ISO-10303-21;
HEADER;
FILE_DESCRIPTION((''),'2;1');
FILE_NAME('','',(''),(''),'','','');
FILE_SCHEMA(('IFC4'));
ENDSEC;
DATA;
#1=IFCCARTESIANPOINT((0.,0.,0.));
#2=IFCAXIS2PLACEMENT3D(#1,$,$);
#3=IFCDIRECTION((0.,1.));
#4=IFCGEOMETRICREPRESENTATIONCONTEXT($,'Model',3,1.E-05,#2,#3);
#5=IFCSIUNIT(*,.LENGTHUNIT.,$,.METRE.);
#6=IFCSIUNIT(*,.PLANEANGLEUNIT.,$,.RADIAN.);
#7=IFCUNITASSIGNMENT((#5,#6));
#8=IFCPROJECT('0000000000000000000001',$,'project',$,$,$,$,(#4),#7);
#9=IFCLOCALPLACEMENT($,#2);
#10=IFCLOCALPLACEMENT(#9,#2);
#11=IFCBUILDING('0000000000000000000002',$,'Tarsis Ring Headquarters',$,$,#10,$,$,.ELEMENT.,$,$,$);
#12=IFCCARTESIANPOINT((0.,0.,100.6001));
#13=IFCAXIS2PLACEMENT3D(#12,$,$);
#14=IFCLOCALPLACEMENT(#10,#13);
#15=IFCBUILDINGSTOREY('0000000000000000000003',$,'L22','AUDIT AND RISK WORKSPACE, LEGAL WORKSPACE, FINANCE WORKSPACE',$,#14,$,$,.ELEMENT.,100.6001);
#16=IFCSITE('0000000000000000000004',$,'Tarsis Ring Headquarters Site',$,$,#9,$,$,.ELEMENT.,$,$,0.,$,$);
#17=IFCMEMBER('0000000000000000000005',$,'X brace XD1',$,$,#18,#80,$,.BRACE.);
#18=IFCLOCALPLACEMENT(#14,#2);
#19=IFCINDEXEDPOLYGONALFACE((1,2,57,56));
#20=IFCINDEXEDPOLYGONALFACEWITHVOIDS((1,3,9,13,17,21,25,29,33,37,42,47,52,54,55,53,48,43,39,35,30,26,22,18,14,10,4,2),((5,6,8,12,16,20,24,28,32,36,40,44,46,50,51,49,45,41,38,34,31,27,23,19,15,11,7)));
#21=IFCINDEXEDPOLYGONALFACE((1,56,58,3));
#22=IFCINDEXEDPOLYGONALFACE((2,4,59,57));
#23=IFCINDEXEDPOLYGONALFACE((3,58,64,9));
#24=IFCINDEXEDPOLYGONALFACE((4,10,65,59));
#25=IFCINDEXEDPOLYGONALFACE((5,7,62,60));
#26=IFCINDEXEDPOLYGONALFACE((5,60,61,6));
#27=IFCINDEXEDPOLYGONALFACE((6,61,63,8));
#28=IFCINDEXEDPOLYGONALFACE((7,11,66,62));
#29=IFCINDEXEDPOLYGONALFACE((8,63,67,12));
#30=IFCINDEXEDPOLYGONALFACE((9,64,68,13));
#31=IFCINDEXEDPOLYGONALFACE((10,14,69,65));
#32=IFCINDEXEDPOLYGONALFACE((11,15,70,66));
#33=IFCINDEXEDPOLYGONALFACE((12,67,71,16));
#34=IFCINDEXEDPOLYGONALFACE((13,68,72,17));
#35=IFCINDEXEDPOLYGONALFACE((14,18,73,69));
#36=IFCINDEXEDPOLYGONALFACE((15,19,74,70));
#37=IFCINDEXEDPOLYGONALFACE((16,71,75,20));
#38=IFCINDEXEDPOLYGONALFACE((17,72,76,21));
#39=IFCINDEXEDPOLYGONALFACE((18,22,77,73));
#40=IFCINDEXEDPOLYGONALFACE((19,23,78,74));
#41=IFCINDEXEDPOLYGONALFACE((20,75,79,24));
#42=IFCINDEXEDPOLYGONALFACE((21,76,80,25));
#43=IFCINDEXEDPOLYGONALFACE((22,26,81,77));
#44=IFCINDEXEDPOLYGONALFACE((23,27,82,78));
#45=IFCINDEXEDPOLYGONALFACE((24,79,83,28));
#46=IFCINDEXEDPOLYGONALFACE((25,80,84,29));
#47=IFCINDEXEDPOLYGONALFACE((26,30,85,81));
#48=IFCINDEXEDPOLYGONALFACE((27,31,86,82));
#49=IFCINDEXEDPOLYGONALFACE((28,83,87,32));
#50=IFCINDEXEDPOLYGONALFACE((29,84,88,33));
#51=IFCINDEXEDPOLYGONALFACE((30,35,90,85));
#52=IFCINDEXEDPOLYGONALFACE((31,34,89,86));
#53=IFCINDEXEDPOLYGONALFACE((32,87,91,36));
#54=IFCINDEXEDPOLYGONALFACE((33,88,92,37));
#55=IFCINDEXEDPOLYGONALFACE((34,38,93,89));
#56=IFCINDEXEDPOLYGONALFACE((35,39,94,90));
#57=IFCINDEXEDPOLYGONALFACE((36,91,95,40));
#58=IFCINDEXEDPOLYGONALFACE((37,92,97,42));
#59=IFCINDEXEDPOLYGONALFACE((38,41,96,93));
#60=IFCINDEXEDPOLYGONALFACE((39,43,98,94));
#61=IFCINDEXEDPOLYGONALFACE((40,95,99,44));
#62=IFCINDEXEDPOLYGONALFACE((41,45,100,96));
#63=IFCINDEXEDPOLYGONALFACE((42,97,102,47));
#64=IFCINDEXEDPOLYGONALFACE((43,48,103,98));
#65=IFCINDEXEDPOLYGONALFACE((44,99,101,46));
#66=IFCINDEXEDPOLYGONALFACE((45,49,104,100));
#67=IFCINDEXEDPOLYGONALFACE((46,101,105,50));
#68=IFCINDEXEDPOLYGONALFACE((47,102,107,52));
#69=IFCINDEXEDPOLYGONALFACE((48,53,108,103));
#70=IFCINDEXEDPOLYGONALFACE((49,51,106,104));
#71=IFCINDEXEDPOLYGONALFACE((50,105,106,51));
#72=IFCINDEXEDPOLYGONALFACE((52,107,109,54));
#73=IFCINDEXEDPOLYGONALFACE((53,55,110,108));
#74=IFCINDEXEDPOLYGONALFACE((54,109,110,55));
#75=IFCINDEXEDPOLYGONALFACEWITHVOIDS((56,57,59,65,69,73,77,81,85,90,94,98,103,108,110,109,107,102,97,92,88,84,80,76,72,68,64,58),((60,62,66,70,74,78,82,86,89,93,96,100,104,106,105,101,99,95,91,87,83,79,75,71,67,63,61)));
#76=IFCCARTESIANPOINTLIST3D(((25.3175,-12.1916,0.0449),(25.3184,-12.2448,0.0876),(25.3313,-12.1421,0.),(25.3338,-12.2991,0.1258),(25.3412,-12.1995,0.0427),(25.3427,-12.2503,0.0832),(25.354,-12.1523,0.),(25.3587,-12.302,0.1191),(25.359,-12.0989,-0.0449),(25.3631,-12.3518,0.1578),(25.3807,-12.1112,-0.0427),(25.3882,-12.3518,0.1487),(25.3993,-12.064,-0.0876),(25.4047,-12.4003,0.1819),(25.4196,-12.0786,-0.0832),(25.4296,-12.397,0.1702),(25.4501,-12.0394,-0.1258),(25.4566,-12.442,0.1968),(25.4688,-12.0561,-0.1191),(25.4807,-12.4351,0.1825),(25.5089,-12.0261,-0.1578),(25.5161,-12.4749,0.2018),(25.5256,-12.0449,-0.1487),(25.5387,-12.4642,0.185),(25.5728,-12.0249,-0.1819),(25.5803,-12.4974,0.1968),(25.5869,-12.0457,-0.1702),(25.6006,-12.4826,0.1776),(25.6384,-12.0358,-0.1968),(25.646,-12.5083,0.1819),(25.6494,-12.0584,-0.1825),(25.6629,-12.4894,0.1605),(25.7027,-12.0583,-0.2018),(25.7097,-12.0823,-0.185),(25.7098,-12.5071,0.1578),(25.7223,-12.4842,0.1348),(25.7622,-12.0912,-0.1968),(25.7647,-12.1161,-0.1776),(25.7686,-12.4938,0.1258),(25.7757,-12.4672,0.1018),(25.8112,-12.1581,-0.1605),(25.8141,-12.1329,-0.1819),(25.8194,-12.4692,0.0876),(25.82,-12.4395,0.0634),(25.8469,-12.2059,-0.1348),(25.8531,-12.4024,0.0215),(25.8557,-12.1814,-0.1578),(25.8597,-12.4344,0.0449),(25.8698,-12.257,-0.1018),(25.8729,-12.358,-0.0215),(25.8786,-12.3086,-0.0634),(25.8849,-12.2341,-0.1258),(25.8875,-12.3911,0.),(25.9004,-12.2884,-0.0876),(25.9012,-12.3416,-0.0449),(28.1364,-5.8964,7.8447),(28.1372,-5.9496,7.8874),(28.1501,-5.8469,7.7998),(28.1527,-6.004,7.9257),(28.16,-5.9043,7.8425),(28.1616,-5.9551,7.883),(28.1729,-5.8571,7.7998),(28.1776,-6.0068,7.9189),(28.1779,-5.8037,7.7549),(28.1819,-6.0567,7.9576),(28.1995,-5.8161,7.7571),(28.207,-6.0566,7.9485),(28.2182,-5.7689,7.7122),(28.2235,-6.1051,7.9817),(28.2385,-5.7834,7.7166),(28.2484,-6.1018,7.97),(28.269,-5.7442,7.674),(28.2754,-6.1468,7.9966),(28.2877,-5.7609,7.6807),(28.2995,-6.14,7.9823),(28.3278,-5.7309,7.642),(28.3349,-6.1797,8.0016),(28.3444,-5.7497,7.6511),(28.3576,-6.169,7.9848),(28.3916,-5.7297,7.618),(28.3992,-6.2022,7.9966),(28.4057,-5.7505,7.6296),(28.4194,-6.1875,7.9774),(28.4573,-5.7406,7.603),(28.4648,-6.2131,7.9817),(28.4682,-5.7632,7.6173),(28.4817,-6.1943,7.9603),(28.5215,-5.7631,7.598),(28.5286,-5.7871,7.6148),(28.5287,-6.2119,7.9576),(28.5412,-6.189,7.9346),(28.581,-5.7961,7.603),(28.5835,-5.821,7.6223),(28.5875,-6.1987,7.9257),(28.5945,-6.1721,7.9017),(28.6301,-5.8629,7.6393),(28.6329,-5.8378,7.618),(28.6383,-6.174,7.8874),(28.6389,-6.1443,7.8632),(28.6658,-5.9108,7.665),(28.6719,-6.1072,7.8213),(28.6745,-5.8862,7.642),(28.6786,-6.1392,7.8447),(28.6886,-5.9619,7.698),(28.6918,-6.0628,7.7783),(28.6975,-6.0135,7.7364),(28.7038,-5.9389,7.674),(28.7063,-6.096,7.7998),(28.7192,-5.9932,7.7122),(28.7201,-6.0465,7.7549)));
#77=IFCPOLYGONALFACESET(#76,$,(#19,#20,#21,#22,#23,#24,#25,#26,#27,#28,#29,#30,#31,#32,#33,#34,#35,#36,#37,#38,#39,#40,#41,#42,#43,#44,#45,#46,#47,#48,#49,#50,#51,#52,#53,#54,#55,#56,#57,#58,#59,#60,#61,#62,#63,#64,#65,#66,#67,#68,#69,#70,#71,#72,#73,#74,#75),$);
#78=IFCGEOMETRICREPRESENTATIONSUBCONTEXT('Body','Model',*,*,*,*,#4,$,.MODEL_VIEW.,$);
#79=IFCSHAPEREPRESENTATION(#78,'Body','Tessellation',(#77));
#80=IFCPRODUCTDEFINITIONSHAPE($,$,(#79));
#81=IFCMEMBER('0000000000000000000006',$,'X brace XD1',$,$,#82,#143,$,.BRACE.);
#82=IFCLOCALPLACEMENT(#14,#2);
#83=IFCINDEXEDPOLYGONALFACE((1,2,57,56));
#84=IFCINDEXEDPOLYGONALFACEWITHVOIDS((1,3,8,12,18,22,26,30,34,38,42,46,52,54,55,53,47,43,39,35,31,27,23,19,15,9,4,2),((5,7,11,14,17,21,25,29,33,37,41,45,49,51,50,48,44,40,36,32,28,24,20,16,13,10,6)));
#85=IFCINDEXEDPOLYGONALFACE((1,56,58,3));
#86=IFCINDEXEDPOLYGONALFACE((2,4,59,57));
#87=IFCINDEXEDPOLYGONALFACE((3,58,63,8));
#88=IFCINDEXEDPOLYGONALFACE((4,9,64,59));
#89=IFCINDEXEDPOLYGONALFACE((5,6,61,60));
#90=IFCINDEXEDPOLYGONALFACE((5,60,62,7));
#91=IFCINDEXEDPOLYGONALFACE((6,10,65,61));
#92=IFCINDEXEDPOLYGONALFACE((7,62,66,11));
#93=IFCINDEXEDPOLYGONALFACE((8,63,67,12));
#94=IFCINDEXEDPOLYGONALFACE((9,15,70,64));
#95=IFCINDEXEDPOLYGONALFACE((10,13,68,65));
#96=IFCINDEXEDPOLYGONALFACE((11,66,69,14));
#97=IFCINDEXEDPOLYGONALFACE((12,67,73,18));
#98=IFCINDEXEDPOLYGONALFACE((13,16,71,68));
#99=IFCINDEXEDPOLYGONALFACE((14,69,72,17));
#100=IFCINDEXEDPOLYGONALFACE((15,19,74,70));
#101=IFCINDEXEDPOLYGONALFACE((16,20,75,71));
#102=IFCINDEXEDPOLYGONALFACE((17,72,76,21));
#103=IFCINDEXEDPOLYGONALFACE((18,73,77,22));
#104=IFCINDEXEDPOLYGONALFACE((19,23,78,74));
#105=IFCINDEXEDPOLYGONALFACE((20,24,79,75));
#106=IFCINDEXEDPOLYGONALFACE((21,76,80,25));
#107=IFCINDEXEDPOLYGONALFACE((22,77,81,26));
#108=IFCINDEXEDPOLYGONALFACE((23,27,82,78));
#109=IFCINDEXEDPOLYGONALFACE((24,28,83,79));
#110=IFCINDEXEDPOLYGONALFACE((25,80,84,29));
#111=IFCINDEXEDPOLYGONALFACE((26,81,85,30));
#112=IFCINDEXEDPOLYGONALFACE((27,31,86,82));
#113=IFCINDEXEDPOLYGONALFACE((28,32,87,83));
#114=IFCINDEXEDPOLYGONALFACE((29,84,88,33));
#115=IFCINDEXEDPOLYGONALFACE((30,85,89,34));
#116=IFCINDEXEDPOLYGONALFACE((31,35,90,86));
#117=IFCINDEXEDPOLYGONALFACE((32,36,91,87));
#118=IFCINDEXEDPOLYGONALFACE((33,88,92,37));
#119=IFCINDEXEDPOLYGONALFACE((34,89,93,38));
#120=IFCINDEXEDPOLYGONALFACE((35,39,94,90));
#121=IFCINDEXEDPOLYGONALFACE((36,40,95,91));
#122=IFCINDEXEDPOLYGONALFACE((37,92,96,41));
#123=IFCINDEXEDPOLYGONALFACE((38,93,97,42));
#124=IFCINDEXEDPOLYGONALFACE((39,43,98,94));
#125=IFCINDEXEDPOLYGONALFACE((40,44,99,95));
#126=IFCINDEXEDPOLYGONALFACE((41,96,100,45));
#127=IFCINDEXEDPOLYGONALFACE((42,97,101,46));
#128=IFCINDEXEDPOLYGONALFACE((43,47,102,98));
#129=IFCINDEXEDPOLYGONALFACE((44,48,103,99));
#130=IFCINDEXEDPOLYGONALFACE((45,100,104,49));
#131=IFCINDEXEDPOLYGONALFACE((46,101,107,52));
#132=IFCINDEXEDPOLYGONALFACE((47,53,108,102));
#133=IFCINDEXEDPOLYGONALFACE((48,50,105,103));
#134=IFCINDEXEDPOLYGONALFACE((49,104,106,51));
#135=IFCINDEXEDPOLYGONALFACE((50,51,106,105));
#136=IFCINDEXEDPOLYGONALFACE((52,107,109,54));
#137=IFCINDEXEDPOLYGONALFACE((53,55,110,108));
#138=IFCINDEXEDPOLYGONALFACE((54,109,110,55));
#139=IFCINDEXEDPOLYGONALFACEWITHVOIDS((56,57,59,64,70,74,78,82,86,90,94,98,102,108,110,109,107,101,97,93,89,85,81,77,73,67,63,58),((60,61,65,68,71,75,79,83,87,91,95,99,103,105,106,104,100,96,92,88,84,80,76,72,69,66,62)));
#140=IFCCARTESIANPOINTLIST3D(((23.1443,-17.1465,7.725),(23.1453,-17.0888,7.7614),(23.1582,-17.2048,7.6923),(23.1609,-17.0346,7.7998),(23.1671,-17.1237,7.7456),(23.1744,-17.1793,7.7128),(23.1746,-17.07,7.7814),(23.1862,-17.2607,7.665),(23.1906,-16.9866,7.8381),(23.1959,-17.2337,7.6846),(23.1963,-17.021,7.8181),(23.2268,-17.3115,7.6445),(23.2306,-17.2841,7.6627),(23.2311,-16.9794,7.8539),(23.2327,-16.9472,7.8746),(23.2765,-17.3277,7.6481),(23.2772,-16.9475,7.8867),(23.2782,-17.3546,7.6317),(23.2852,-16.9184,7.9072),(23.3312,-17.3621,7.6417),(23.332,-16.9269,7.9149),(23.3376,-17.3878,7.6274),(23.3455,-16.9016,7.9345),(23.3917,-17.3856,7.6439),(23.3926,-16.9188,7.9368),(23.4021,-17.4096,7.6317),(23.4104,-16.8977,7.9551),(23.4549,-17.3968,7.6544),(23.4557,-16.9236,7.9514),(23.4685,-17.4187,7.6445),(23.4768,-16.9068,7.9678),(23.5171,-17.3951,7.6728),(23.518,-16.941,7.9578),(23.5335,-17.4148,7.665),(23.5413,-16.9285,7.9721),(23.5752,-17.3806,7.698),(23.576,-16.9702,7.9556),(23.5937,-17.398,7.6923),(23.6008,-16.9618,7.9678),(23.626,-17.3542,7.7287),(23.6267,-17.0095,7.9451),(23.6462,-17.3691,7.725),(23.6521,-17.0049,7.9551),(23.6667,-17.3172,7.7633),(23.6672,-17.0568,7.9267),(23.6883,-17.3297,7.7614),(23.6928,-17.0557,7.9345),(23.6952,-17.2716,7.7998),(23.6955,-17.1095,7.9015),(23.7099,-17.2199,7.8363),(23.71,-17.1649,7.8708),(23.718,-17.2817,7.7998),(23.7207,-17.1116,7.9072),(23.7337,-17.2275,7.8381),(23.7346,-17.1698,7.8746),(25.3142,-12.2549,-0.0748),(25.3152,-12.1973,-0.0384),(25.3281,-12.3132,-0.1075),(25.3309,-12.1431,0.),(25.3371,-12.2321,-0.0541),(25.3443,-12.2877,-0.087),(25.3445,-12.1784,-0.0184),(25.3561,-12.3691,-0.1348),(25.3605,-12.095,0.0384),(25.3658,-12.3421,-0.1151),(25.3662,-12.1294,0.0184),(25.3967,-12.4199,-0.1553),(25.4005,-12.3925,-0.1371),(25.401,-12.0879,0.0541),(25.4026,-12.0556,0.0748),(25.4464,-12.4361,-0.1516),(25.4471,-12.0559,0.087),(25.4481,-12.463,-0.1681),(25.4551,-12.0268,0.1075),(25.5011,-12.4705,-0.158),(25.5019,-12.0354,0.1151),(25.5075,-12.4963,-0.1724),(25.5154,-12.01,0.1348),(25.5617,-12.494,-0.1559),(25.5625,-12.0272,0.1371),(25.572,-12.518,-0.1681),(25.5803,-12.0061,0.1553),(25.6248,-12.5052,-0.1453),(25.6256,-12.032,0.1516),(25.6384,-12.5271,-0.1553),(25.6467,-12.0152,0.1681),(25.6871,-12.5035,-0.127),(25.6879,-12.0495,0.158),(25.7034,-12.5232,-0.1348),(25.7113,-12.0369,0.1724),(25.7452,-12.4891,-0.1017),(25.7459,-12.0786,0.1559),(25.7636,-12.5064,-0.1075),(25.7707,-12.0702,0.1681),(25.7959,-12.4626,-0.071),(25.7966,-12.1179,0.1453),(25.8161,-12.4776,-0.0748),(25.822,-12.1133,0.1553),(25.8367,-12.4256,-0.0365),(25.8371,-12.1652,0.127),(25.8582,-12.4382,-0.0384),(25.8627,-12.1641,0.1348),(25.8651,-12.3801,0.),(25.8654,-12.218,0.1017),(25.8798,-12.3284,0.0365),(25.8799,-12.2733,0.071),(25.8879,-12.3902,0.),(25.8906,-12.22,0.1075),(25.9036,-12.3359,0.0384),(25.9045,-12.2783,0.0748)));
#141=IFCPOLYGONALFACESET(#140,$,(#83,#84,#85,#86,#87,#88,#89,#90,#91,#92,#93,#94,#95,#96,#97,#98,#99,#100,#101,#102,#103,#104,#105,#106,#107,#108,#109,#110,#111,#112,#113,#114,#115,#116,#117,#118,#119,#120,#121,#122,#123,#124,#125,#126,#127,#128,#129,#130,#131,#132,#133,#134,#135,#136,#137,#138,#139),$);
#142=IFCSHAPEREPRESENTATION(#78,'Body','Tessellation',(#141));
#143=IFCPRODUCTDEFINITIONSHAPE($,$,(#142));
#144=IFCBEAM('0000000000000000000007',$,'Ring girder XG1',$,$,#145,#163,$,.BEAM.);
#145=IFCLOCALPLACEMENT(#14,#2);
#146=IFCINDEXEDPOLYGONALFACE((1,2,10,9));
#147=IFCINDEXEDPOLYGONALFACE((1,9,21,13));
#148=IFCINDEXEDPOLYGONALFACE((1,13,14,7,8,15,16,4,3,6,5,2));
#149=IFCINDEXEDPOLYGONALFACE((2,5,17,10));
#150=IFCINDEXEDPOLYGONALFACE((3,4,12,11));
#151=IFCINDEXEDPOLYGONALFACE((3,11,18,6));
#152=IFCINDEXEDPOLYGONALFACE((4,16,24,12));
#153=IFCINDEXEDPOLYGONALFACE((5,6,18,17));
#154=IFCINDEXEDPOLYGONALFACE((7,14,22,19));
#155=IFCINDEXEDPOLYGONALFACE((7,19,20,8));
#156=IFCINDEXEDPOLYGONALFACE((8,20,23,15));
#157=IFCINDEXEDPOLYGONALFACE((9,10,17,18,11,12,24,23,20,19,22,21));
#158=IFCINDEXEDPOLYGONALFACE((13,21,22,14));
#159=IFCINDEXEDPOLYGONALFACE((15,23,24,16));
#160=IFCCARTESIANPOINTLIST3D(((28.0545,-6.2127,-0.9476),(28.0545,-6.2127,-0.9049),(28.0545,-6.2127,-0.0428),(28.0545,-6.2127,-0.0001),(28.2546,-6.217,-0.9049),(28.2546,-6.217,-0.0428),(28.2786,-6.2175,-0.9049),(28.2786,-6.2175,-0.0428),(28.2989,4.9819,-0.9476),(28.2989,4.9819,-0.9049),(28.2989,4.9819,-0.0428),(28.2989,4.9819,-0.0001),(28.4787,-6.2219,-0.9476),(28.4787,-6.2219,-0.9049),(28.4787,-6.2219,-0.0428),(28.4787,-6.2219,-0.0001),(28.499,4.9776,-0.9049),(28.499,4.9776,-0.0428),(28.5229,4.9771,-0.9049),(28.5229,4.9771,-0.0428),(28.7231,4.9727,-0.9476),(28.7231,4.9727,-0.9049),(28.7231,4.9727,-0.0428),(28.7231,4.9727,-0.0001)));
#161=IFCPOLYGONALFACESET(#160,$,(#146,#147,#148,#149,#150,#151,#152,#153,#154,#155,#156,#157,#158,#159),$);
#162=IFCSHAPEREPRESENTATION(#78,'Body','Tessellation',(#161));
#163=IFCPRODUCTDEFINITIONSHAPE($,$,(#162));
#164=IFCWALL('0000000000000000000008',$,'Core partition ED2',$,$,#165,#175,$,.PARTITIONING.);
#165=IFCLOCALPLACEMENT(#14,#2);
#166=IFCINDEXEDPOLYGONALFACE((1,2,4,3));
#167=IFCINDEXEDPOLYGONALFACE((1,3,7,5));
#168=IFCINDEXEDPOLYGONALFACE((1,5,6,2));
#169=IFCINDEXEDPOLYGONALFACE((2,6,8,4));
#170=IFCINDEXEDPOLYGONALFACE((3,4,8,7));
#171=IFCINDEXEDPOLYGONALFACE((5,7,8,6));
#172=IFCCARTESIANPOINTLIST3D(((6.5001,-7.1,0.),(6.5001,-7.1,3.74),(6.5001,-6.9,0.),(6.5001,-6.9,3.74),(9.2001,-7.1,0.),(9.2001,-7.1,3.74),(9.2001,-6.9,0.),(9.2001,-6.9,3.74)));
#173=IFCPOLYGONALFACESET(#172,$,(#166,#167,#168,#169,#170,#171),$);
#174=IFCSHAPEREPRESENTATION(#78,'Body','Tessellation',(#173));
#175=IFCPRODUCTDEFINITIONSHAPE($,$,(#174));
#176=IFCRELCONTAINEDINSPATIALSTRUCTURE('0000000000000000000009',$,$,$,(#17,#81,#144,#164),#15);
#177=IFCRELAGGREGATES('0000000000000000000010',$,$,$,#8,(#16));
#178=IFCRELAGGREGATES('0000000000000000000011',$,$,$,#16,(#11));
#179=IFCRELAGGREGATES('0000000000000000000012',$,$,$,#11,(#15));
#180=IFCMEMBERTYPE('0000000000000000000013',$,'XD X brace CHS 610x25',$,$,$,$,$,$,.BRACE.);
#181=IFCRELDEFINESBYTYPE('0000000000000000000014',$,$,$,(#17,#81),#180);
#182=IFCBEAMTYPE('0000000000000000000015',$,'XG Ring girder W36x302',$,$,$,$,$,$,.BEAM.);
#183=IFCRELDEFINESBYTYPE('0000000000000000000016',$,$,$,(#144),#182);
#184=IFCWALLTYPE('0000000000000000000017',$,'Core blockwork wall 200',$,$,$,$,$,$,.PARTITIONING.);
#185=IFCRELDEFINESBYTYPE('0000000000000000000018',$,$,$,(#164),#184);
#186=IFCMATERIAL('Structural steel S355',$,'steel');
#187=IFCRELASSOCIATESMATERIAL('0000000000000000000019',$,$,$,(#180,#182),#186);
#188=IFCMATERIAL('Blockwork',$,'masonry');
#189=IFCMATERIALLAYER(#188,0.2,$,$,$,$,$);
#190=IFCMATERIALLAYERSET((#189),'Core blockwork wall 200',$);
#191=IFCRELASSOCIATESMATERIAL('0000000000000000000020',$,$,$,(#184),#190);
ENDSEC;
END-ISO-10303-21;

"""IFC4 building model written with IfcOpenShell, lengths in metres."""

from ifc_helpers import new_model, si_unit, direction, frame, frame_2d, origin, origin_2d, place, context, subcontext, project, spatial, rectangle, hollow_circle, i_section, extrude, material, layer, layer_set, material_profile, profile_set, type_object, element, save


model = new_model("IFC4")

# Units and contexts
model_context = context("Model", 3, precision=1e-05, world=origin(), true_north=direction((0.0, 1.0)))
body_context = subcontext(model_context, "Body", "Model", "MODEL_VIEW")
ifc_project = project(units=[si_unit("LENGTHUNIT", "METRE"), si_unit("PLANEANGLEUNIT", "RADIAN")], contexts=[model_context])

# Site, building, storey
site_placement = place(None, origin())
site = spatial("IfcSite", under=ifc_project, at=site_placement, Name="Tarsis Ring Headquarters Site", CompositionType="ELEMENT", RefElevation=0.0)
building_placement = place(site_placement, origin())
building = spatial("IfcBuilding", under=site, at=building_placement, Name="Tarsis Ring Headquarters", CompositionType="ELEMENT")
storey_placement = place(building_placement, frame((0.0, 0.0, 100.6001)))
storey = spatial("IfcBuildingStorey", under=building, at=storey_placement, Name="L22", Description="AUDIT AND RISK WORKSPACE, LEGAL WORKSPACE, FINANCE WORKSPACE", CompositionType="ELEMENT", Elevation=100.6001)

# Shared definitions
ifc_material_1 = material(Name="Structural steel S355", Category="steel")

# Members
ifc_material_profile_1 = material_profile(ifc_material_1, hollow_circle(Radius=0.3047, WallThickness=0.0249, at=origin_2d()), Name="CHS 610x25")
ifc_profile_set_1 = profile_set([ifc_material_profile_1], Name="Structural steel S355")
member_type = type_object("IfcMemberType", Name="XD X brace CHS 610x25", PredefinedType="BRACE", material=ifc_profile_set_1)
member_1_placement = place(storey_placement, frame((25.6094, -12.2666, 0.0), z_axis=(0.270728, 0.604601, 0.749109), x_axis=(-0.912678, 0.408679, 0.0)))
element("IfcMember", 1, at=member_1_placement, inside=storey, type_object=member_type, Name="X brace XD1", PredefinedType="BRACE", context=body_context, shape_type="SweptSolid", body=[
    extrude(hollow_circle(Radius=0.3047, WallThickness=0.0249, at=origin_2d()), origin(), (0.0, 0.0, 1.0), 10.4121),
])
member_2_placement = place(storey_placement, frame((25.6094, -12.2666, 0.0), z_axis=(-0.229402, -0.517136, 0.824588), x_axis=(0.914097, -0.405495, 0.0)))
element("IfcMember", 2, at=member_2_placement, inside=storey, type_object=member_type, Name="X brace XD1", PredefinedType="BRACE", context=body_context, shape_type="SweptSolid", body=[
    extrude(hollow_circle(Radius=0.3047, WallThickness=0.0249, at=origin_2d()), origin(), (0.0, 0.0, 1.0), 9.459),
])

# Beam
ifc_material_profile_2 = material_profile(ifc_material_1, i_section(OverallWidth=0.4243, OverallDepth=0.9475, WebThickness=0.0239, FlangeThickness=0.0427, at=origin_2d()), Name="W36x302")
ifc_profile_set_2 = profile_set([ifc_material_profile_2], Name="Structural steel S355")
beam_type_1 = type_object("IfcBeamType", Name="XG Ring girder W36x302", PredefinedType="BEAM", material=ifc_profile_set_2)
beam_1_placement = place(storey_placement, frame((28.2666, -6.2173, -0.4739), z_axis=(0.021825, 0.999762, 0.0), x_axis=(-0.999762, 0.021825, 0.0)))
element("IfcBeam", 3, at=beam_1_placement, inside=storey, type_object=beam_type_1, Name="Ring girder XG1", PredefinedType="BEAM", context=body_context, shape_type="SweptSolid", body=[
    extrude(i_section(OverallWidth=0.4243, OverallDepth=0.9475, WebThickness=0.0239, FlangeThickness=0.0427, at=origin_2d()), origin(), (0.0, 0.0, 1.0), 11.1973),
])

# Wall
ifc_material_2 = material(Name="Blockwork", Category="masonry")
ifc_layer_1 = layer(ifc_material_2, 0.2)
ifc_layer_set_1 = layer_set([ifc_layer_1], Name="Core blockwork wall 200")
wall_type_1 = type_object("IfcWallType", Name="Core blockwork wall 200", PredefinedType="PARTITIONING", material=ifc_layer_set_1)
wall_1_placement = place(storey_placement, frame((6.5, -7.0, 0.0), z_axis=(0.0, 0.0, 1.0), x_axis=(1.0, 0.0, 0.0)))
element("IfcWall", 4, at=wall_1_placement, inside=storey, type_object=wall_type_1, Name="Core partition ED2", PredefinedType="PARTITIONING", context=body_context, shape_type="SweptSolid", body=[
    extrude(rectangle(XDim=2.7, YDim=0.2, at=frame_2d((1.3501, 0.0))), origin(), (0.0, 0.0, 1.0), 3.74),
])

save(model, "model.ifc")
